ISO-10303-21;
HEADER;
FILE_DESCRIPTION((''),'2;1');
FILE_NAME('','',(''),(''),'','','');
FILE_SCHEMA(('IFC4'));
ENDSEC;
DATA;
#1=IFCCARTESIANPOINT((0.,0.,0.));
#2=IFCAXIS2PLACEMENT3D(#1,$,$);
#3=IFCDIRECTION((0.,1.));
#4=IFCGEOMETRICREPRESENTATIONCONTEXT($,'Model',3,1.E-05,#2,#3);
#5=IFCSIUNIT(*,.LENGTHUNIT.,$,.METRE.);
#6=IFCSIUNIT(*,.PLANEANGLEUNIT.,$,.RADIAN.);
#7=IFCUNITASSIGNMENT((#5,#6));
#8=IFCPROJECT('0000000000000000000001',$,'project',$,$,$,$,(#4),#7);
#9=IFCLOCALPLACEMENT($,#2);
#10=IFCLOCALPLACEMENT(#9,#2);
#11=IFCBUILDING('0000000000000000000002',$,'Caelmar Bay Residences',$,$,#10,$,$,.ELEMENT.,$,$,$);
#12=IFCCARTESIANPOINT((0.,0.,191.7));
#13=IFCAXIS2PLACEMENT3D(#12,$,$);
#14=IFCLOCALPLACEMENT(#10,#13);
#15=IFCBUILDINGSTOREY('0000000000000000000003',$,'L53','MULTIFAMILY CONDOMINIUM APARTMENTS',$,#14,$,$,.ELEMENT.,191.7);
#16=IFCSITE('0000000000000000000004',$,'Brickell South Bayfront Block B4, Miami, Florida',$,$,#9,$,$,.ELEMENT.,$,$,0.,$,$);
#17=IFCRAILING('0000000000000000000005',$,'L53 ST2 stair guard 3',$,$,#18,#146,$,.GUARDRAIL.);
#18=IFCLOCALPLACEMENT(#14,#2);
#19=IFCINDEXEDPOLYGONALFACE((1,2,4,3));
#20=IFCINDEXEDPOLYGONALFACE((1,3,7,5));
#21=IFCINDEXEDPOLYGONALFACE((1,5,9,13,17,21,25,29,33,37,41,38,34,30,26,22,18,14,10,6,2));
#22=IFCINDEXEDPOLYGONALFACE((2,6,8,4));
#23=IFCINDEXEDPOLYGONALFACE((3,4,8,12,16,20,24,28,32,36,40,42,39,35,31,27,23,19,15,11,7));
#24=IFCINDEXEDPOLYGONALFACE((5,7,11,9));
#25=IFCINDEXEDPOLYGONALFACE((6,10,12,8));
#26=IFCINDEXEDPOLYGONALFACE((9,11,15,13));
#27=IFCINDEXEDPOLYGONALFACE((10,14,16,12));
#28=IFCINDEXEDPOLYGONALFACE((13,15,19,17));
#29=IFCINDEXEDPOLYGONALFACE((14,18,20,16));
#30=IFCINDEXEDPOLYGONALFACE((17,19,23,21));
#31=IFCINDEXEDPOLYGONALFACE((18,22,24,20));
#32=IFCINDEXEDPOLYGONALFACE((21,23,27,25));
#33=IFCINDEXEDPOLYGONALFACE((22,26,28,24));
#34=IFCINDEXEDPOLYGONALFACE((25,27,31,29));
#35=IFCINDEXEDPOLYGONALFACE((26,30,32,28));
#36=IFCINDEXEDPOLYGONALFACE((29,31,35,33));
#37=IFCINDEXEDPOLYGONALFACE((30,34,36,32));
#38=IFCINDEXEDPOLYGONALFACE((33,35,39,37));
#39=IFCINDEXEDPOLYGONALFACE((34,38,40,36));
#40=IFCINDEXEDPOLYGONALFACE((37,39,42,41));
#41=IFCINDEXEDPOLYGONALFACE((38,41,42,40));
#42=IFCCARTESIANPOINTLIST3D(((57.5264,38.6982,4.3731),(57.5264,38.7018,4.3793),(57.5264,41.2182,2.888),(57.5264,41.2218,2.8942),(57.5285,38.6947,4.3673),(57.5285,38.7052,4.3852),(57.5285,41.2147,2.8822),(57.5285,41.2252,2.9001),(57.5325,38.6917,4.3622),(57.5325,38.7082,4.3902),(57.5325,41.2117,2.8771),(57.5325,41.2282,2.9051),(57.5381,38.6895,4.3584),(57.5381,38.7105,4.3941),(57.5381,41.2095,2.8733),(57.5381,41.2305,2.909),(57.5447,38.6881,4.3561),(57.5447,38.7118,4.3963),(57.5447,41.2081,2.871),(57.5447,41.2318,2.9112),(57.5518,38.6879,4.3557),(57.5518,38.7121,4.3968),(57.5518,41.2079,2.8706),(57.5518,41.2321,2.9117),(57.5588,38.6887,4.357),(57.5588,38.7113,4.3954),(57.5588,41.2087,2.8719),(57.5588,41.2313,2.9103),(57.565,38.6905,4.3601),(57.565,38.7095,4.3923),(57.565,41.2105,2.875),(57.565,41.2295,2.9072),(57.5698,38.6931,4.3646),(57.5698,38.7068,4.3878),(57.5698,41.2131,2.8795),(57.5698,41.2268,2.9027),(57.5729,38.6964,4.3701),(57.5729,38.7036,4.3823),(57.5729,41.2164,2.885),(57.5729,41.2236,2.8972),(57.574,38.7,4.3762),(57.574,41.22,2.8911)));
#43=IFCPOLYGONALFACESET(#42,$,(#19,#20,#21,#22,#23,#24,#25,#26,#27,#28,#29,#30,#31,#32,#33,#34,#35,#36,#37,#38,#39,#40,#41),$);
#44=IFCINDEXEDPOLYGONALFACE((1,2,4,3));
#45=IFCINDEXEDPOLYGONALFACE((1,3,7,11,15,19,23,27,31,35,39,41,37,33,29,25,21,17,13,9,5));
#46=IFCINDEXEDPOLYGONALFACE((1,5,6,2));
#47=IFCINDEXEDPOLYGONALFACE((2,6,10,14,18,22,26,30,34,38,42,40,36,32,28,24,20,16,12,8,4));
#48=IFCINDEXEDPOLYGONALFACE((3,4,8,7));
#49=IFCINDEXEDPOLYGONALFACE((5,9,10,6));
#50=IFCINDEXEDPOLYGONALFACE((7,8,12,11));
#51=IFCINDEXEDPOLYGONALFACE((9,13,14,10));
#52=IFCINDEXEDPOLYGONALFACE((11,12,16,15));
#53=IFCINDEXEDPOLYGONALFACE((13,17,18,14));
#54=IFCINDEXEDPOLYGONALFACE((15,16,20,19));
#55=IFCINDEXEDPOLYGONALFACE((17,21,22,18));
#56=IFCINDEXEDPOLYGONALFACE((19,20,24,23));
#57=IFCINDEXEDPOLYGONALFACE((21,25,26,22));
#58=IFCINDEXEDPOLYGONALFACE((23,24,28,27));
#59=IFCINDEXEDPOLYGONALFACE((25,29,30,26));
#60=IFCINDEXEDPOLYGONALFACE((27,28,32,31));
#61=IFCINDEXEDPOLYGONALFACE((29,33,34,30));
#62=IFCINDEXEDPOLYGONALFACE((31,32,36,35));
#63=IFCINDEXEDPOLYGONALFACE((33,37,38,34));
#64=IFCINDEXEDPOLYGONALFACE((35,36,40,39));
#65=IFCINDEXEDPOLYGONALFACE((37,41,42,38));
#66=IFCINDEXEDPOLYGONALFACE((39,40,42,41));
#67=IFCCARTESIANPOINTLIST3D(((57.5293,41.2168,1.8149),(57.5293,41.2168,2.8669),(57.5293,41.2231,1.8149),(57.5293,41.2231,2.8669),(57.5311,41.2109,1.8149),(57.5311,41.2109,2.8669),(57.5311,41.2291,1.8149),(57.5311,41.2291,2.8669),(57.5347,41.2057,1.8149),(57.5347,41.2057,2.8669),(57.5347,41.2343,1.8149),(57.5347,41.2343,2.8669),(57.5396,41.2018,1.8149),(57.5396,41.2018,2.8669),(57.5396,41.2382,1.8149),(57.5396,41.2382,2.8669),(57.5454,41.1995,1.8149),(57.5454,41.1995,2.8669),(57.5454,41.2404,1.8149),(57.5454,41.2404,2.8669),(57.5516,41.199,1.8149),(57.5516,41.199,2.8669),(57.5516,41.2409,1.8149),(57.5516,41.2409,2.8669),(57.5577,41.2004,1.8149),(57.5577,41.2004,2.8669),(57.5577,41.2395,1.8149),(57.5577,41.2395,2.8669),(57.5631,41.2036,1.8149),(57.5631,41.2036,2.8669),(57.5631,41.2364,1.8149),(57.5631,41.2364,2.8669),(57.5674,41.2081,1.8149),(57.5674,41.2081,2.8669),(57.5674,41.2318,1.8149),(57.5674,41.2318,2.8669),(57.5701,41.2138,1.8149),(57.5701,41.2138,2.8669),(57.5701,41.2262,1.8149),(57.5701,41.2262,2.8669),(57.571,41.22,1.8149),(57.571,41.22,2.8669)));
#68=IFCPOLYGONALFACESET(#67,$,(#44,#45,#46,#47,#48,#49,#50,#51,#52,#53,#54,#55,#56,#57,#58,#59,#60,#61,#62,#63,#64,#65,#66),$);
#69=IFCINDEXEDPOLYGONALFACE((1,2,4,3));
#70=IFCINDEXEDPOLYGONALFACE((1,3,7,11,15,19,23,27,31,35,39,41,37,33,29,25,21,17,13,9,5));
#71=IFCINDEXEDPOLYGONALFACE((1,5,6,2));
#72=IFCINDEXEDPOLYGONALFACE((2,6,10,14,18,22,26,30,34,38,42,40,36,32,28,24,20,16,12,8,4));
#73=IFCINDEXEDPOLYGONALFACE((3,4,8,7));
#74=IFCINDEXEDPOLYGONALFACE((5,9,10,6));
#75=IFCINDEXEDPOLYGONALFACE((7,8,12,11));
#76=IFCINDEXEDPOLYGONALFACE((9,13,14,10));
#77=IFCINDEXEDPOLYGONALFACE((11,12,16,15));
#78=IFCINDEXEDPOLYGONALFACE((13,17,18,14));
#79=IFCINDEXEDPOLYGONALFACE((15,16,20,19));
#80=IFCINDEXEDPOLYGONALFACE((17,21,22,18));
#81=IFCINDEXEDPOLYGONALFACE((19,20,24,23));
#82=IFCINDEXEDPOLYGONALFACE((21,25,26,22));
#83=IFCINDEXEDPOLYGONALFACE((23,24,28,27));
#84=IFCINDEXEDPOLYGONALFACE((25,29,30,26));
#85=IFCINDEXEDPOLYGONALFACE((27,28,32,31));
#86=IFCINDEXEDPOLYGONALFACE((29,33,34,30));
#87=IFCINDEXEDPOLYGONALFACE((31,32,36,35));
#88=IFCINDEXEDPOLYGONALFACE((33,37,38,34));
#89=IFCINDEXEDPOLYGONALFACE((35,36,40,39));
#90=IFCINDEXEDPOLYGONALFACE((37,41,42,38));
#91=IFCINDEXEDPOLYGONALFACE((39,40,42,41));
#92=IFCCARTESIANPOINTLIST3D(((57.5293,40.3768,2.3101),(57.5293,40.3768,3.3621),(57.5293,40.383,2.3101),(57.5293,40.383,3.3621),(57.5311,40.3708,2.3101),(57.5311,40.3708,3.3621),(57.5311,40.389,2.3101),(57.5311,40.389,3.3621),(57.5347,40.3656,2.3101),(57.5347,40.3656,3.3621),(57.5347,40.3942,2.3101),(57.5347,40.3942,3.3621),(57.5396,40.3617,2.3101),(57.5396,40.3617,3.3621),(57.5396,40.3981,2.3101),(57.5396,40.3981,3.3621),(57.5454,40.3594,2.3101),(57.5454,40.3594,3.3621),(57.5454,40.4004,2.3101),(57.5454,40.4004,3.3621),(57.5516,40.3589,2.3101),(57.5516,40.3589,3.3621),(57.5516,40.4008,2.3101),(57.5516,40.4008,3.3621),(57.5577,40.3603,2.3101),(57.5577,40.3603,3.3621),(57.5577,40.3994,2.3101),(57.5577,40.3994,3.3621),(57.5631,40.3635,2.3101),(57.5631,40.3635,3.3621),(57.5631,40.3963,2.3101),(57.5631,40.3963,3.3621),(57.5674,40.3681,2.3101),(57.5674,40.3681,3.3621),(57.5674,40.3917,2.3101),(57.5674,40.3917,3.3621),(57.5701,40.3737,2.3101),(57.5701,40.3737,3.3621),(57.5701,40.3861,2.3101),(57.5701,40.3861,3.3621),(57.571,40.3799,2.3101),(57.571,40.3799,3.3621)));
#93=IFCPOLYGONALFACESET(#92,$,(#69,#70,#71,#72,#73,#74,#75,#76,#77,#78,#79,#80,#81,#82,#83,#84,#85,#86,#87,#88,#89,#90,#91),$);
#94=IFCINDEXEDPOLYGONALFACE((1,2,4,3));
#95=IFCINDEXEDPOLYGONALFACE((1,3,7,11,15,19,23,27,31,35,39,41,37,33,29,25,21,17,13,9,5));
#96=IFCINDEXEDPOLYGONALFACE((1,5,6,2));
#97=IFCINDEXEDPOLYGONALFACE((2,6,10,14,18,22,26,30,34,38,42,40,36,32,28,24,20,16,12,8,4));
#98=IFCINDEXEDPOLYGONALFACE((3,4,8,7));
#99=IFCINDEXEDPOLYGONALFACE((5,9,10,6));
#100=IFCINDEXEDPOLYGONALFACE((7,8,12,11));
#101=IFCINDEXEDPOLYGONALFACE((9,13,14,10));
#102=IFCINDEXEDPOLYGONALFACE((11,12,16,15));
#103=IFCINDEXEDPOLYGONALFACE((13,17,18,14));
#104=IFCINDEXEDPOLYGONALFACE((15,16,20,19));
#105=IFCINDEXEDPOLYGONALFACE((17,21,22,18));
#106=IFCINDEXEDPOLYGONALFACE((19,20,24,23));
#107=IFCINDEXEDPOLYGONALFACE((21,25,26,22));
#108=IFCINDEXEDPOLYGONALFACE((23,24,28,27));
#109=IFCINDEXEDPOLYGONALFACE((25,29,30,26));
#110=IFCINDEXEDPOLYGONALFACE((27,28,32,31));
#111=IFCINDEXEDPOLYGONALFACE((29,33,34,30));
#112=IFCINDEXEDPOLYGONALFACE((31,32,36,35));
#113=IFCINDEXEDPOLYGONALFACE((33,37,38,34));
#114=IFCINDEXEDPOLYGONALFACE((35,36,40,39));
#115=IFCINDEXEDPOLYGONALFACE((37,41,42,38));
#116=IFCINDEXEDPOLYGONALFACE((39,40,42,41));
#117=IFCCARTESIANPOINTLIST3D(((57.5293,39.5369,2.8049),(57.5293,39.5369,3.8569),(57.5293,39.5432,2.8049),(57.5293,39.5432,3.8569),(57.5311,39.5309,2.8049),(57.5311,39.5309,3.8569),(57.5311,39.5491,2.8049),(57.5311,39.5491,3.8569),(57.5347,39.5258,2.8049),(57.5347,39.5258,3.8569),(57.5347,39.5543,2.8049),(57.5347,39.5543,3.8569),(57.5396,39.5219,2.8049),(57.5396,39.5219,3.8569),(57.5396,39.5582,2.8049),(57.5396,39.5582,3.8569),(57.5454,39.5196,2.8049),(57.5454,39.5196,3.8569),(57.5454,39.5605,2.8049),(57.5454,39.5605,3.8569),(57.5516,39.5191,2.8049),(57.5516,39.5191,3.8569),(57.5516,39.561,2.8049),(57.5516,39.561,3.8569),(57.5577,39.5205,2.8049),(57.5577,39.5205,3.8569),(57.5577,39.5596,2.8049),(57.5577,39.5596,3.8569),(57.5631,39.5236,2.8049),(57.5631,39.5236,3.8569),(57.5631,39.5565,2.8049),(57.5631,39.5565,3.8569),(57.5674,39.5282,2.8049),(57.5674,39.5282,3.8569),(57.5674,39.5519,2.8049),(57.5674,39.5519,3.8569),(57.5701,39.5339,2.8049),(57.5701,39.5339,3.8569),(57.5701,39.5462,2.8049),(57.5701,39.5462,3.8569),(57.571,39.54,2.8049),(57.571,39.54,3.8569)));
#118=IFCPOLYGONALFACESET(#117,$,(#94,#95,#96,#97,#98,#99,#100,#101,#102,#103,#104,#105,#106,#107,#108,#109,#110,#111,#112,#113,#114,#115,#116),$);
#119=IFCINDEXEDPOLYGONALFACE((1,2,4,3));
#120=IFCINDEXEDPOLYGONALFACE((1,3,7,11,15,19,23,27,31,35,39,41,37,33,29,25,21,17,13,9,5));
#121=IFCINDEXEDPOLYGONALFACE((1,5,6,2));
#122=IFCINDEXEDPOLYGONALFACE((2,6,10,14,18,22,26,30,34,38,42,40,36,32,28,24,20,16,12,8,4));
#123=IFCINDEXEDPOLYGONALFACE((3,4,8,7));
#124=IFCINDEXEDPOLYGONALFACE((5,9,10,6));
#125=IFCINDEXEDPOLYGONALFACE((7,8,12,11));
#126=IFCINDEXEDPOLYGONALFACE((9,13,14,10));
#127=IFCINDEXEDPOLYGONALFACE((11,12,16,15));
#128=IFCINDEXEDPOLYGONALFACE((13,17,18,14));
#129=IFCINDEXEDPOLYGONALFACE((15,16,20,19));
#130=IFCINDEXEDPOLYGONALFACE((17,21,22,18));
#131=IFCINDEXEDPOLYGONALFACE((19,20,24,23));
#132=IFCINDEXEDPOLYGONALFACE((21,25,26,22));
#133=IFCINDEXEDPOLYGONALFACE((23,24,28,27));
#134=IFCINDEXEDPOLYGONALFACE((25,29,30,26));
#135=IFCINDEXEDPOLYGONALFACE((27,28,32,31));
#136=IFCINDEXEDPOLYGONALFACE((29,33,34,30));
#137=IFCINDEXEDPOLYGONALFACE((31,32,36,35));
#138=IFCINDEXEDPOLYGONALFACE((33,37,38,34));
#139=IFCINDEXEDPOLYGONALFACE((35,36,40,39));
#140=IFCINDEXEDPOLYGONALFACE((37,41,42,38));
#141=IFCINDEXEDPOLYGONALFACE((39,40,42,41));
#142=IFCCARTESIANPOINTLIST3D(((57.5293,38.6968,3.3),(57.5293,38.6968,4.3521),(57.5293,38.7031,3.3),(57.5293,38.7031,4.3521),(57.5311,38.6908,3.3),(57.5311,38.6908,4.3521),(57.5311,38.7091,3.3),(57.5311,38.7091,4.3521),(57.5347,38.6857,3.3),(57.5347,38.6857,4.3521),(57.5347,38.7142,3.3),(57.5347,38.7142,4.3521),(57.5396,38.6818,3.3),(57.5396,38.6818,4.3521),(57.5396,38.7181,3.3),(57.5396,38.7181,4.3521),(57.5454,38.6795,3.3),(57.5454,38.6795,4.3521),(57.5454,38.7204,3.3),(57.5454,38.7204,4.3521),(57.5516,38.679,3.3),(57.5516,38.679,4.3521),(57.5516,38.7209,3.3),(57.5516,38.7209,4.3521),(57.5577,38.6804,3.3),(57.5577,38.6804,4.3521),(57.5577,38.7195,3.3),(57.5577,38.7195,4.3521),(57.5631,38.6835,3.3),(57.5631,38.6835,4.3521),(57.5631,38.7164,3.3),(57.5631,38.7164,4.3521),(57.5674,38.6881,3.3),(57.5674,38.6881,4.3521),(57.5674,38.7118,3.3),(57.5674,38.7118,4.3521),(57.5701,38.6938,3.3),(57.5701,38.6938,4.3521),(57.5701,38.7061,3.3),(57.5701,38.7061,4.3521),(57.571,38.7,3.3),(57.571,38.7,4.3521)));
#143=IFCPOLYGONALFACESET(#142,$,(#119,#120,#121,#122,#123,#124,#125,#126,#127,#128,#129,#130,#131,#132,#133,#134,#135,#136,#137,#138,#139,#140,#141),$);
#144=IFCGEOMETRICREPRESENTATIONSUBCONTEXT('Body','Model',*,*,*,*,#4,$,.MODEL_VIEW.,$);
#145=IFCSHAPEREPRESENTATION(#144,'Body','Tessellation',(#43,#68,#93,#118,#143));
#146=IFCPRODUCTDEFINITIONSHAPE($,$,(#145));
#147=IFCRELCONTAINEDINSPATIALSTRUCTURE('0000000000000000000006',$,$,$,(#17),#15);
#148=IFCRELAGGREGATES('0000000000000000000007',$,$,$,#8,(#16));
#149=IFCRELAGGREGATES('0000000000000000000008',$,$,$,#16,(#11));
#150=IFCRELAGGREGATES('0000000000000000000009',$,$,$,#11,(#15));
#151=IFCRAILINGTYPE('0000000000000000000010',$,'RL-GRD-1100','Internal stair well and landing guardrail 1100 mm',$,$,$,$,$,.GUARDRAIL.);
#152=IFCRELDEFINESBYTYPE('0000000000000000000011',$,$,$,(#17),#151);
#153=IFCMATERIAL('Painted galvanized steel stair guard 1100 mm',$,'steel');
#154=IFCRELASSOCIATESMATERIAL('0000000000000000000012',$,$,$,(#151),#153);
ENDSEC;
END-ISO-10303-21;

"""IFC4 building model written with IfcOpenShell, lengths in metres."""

from ifc_helpers import new_model, si_unit, direction, frame, origin, origin_2d, place, context, subcontext, project, spatial, circle, extrude, material, type_object, element, save


model = new_model("IFC4")

# Units and contexts
model_context = context("Model", 3, precision=1e-05, world=origin(), true_north=direction((0.0, 1.0)))
body_context = subcontext(model_context, "Body", "Model", "MODEL_VIEW")
ifc_project = project(units=[si_unit("LENGTHUNIT", "METRE"), si_unit("PLANEANGLEUNIT", "RADIAN")], contexts=[model_context])

# Site, building, storey
site_placement = place(None, origin())
site = spatial("IfcSite", under=ifc_project, at=site_placement, Name="Brickell South Bayfront Block B4, Miami, Florida", CompositionType="ELEMENT", RefElevation=0.0)
building_placement = place(site_placement, origin())
building = spatial("IfcBuilding", under=site, at=building_placement, Name="Caelmar Bay Residences", CompositionType="ELEMENT")
storey_placement = place(building_placement, frame((0.0, 0.0, 191.7)))
storey = spatial("IfcBuildingStorey", under=building, at=storey_placement, Name="L53", Description="MULTIFAMILY CONDOMINIUM APARTMENTS", CompositionType="ELEMENT", Elevation=191.7)

# Railing
ifc_material_1 = material(Name="Painted galvanized steel stair guard 1100 mm", Category="steel")
railing_type_1 = type_object("IfcRailingType", Name="RL-GRD-1100", Description="Internal stair well and landing guardrail 1100 mm", PredefinedType="GUARDRAIL", material=ifc_material_1)
railing_1_placement = place(storey_placement, frame((57.55, 41.22, 1.8149)))
element("IfcRailing", 1, at=railing_1_placement, inside=storey, type_object=railing_type_1, Name="L53 ST2 stair guard 3", PredefinedType="GUARDRAIL", context=body_context, shape_type="SweptSolid", body=[
    extrude(circle(Radius=0.0239, at=origin_2d()), frame((0.0, 0.0, 1.0762), z_axis=(0.0, -0.861524, 0.507717), x_axis=(1.0, 0.0, 0.0)), (0.0, 0.0, 1.0), 2.925),
    extrude(circle(Radius=0.021, at=origin_2d()), origin(), (0.0, 0.0, 1.0), 1.052),
    extrude(circle(Radius=0.021, at=origin_2d()), frame((0.0, -0.8401, 0.4951)), (0.0, 0.0, 1.0), 1.052),
    extrude(circle(Radius=0.021, at=origin_2d()), frame((0.0, -1.6799, 0.99)), (0.0, 0.0, 1.0), 1.052),
    extrude(circle(Radius=0.021, at=origin_2d()), frame((0.0, -2.52, 1.4851)), (0.0, 0.0, 1.0), 1.052),
])

save(model, "model.ifc")
